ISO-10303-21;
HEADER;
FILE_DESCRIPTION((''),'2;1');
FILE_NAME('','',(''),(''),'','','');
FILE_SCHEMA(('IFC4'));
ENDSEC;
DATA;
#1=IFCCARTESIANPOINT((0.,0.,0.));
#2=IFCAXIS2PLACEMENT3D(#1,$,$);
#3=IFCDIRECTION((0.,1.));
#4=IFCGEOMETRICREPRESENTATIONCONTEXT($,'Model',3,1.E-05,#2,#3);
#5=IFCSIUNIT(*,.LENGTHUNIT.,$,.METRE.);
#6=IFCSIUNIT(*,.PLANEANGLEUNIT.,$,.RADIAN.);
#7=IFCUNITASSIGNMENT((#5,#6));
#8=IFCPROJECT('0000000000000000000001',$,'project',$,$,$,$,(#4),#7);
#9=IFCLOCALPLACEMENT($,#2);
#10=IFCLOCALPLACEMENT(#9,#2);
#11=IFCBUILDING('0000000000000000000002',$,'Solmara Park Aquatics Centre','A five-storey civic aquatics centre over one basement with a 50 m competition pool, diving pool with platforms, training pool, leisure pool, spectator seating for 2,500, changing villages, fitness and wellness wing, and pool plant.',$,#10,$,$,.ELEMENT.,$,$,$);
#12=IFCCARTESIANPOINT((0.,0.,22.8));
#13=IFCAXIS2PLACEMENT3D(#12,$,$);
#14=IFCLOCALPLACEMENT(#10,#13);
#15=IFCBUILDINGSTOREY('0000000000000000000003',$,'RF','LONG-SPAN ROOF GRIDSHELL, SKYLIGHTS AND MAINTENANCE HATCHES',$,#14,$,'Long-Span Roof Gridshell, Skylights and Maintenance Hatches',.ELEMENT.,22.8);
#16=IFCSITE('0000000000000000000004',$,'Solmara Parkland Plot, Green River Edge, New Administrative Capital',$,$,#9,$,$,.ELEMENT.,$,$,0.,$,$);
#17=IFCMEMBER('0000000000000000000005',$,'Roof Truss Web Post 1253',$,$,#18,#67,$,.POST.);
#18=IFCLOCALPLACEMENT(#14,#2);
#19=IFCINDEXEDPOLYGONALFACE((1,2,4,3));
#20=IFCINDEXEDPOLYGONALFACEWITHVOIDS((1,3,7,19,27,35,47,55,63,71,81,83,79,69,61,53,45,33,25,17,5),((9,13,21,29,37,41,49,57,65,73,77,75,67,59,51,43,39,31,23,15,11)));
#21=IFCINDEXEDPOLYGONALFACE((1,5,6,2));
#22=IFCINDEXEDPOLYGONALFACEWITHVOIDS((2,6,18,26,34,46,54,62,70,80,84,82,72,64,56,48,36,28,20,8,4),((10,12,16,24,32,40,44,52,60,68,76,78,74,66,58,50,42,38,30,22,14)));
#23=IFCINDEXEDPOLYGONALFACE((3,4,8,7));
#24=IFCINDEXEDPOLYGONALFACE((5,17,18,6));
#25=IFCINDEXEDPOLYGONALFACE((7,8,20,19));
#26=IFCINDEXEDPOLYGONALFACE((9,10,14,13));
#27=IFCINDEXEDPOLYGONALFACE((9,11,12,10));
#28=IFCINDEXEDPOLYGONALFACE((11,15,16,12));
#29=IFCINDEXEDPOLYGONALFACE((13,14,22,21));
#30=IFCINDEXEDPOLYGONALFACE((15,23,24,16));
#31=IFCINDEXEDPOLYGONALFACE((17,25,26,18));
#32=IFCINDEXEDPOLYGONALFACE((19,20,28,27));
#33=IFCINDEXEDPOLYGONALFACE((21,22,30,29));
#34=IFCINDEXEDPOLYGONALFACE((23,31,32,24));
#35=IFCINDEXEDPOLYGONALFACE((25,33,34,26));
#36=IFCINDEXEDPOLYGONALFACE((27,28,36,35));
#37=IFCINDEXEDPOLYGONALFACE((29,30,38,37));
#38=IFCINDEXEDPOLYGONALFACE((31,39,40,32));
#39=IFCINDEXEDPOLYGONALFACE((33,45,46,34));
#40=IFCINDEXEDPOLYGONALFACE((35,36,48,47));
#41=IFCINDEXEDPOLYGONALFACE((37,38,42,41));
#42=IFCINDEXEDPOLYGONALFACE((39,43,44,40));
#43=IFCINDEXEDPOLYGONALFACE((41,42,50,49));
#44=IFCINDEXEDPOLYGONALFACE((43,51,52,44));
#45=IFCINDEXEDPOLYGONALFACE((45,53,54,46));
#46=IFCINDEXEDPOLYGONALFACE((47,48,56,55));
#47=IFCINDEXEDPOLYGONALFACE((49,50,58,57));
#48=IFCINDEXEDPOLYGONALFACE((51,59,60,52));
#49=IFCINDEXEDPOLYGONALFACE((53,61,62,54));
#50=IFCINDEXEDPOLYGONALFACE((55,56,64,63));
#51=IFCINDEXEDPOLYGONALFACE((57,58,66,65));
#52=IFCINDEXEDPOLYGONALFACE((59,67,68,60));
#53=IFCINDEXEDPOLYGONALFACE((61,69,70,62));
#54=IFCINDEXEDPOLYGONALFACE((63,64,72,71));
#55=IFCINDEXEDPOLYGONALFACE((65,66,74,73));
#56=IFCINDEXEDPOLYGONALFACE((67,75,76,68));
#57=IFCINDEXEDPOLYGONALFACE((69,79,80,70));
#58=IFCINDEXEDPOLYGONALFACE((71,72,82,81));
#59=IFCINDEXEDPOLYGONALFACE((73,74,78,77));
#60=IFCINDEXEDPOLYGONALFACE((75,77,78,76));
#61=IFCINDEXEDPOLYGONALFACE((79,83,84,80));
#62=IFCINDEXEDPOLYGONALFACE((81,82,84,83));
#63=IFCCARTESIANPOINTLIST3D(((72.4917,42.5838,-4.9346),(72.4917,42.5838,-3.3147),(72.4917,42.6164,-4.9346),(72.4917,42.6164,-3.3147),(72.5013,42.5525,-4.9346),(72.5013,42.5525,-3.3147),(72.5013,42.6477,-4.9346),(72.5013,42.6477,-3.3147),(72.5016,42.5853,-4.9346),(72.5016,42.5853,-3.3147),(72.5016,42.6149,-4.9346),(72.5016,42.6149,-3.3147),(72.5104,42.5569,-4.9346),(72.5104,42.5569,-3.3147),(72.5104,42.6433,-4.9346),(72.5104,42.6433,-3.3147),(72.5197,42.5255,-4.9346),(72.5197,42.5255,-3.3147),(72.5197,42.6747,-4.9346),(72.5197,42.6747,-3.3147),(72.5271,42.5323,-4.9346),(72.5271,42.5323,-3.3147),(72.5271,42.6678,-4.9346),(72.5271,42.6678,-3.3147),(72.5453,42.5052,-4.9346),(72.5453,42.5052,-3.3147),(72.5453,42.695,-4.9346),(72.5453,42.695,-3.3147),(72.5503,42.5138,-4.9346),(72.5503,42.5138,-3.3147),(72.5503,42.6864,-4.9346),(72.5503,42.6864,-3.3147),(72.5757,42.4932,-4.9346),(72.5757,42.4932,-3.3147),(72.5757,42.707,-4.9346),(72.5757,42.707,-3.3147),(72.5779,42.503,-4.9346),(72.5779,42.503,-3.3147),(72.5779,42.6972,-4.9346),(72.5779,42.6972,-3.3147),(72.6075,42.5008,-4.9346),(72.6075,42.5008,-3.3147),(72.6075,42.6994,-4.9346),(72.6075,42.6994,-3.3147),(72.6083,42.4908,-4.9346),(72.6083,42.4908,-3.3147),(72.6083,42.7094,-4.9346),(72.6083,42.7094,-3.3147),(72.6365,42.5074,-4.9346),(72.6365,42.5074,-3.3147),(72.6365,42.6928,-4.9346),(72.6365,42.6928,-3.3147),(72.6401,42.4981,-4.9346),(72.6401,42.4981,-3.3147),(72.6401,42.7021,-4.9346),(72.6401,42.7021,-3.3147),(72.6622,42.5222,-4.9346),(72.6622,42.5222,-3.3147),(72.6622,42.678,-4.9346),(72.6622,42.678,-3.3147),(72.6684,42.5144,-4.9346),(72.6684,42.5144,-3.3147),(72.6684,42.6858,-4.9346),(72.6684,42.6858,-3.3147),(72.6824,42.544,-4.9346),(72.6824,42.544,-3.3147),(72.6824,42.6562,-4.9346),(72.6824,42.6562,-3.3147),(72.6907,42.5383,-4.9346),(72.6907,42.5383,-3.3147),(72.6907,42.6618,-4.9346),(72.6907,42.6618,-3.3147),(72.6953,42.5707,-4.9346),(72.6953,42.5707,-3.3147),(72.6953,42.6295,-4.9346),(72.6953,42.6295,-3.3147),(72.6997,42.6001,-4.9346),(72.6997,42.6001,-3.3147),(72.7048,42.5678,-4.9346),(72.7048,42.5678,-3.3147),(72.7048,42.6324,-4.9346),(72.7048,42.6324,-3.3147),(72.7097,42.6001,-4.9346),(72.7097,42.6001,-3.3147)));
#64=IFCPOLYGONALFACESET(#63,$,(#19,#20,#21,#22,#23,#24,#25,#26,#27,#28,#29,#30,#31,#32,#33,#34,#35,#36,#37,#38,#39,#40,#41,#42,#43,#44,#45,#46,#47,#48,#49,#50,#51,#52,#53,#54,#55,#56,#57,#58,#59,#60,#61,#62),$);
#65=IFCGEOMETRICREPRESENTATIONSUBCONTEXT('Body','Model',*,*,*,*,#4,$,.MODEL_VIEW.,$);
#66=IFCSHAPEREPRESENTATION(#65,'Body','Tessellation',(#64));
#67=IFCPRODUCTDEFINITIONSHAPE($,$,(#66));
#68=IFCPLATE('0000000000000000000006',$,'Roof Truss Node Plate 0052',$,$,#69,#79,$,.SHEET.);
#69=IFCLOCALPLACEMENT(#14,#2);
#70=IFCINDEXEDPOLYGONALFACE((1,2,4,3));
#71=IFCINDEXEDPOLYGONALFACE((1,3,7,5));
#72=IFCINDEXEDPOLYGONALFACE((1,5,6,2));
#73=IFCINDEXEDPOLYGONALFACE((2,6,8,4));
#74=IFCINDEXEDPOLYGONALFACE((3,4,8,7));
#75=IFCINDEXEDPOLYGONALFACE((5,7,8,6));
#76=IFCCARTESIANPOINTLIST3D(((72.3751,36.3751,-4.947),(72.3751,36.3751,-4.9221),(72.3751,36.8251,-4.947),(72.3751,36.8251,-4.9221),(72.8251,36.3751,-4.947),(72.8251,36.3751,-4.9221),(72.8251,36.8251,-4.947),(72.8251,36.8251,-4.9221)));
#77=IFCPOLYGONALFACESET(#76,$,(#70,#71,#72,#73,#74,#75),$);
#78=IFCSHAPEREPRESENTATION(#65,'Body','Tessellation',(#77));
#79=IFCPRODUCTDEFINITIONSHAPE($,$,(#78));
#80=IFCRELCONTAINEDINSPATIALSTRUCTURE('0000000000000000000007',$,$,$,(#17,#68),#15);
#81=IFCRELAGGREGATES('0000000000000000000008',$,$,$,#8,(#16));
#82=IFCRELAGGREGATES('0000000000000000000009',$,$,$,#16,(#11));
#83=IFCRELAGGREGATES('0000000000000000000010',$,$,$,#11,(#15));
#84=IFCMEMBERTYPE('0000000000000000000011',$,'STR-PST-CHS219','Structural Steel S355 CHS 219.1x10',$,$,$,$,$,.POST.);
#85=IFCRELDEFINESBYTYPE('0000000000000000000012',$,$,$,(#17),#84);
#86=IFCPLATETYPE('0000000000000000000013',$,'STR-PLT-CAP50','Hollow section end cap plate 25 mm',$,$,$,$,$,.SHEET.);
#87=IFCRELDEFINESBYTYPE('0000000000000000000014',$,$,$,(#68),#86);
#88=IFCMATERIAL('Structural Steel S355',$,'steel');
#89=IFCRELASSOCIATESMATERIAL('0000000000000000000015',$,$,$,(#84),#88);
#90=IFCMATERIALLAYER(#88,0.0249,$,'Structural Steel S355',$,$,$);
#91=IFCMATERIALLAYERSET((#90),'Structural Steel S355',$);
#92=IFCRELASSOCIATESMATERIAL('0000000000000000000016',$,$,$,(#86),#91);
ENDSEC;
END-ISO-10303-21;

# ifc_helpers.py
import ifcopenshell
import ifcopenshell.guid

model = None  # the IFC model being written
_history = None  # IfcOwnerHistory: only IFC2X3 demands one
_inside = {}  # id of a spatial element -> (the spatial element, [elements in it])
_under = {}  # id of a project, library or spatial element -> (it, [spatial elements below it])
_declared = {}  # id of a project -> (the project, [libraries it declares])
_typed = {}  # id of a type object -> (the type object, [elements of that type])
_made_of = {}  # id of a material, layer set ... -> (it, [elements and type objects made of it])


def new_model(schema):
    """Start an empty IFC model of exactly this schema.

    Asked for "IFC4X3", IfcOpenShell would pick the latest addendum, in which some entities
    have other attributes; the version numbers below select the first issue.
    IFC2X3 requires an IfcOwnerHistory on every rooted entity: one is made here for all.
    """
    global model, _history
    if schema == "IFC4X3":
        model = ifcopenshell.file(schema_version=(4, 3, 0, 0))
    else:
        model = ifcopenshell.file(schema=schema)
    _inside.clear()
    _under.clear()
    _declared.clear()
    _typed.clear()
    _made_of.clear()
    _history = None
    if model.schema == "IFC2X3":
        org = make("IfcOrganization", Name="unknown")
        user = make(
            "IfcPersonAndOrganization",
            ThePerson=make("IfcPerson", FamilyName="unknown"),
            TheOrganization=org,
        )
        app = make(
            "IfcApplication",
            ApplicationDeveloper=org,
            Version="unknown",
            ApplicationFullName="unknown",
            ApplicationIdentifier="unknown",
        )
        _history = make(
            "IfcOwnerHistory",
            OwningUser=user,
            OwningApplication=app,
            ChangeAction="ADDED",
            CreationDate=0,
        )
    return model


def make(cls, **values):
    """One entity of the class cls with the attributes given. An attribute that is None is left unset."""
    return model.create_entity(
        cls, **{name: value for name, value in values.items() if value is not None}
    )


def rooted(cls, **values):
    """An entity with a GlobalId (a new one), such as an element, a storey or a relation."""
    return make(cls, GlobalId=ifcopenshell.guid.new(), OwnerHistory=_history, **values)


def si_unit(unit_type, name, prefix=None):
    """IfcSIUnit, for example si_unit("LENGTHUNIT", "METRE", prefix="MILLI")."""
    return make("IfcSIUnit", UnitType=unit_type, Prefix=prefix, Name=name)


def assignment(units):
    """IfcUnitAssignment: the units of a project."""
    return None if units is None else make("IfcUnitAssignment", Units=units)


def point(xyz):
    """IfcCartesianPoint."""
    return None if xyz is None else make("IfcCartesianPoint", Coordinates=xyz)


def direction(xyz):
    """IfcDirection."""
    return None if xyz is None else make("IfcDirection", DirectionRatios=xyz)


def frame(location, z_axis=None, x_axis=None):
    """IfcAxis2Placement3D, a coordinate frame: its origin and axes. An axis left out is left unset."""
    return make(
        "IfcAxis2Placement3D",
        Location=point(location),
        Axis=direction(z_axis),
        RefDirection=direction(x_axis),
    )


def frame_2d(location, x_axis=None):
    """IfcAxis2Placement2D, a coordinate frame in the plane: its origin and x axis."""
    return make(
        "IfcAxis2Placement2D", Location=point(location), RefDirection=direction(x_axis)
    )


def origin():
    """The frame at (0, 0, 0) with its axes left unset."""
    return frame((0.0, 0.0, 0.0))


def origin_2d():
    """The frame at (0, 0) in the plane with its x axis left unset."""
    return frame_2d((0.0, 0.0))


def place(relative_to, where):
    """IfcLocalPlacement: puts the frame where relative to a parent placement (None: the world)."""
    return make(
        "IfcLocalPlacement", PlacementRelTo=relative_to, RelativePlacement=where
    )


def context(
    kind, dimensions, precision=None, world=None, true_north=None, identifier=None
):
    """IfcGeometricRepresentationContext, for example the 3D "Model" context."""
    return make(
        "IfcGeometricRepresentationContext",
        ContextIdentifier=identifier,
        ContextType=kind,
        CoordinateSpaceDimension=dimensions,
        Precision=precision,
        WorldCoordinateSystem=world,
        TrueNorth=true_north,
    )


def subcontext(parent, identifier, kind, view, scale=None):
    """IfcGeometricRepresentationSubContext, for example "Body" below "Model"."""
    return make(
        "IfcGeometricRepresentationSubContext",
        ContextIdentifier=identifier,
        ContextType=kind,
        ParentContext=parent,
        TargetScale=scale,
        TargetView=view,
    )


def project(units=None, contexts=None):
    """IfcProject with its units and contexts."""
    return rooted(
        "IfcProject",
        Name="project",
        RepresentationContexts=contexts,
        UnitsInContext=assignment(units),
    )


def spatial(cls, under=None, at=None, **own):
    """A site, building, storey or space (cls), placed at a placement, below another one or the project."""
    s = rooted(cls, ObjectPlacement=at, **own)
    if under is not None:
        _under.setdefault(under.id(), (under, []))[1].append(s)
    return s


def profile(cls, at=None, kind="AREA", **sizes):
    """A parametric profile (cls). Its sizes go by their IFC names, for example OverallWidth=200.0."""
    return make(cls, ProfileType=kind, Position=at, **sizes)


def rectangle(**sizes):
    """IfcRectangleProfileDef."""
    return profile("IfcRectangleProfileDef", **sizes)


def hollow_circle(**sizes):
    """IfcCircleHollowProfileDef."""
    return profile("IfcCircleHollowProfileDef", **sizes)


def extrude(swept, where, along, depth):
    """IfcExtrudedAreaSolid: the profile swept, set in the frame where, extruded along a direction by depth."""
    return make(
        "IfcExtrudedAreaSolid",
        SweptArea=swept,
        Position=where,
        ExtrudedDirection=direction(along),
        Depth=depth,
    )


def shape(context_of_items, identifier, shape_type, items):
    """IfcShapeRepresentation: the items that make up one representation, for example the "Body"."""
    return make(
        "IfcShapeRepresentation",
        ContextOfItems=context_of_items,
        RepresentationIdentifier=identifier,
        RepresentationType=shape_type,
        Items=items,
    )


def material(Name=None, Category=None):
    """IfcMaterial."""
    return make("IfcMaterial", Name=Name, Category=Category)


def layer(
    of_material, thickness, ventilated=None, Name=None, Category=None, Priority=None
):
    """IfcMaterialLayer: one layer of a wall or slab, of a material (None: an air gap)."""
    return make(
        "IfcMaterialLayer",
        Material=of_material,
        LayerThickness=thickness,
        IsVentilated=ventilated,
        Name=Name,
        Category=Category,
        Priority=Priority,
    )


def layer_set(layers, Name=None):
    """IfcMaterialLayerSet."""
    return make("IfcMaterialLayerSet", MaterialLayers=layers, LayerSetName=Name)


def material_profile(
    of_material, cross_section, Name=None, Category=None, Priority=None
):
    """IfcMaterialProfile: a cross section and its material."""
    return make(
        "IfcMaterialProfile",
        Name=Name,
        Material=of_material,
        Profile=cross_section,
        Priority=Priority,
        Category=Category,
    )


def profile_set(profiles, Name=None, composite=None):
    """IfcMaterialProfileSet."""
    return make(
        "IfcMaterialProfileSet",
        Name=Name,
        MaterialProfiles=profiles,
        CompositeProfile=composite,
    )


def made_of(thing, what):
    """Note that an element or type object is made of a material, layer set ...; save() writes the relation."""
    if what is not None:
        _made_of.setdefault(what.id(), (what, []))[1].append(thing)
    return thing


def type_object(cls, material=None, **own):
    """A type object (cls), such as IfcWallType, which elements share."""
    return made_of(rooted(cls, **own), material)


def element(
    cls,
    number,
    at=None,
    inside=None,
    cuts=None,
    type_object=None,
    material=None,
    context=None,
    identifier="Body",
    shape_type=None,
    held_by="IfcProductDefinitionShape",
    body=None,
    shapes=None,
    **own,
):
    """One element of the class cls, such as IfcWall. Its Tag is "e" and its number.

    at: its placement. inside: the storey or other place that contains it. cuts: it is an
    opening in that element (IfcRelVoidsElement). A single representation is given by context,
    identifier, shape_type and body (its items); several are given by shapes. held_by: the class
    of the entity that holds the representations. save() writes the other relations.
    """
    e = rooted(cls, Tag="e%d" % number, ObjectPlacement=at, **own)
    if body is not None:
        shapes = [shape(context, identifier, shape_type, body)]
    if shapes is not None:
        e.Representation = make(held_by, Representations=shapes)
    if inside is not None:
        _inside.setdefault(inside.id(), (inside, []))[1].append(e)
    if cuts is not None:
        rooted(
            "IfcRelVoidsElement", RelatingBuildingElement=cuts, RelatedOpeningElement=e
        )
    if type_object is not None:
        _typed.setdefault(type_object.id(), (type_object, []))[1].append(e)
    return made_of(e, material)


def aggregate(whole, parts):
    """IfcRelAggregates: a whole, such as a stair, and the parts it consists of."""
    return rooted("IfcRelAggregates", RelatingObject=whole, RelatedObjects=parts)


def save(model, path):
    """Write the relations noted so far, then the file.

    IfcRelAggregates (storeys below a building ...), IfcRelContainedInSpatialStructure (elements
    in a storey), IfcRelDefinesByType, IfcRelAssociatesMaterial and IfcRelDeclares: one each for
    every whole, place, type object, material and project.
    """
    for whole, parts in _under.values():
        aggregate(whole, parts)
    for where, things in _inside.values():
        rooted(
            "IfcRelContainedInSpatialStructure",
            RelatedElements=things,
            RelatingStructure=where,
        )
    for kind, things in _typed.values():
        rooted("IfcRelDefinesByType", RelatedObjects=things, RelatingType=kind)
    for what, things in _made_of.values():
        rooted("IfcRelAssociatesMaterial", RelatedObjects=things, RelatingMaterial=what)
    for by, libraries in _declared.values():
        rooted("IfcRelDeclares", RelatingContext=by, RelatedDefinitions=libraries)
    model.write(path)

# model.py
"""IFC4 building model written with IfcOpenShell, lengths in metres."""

from ifc_helpers import new_model, si_unit, direction, frame, origin, origin_2d, place, context, subcontext, project, spatial, rectangle, hollow_circle, extrude, material, layer, layer_set, material_profile, profile_set, type_object, element, save


model = new_model("IFC4")

# Units and contexts
model_context = context("Model", 3, precision=1e-05, world=origin(), true_north=direction((0.0, 1.0)))
body_context = subcontext(model_context, "Body", "Model", "MODEL_VIEW")
ifc_project = project(units=[si_unit("LENGTHUNIT", "METRE"), si_unit("PLANEANGLEUNIT", "RADIAN")], contexts=[model_context])

# Site, building, storey
site_placement = place(None, origin())
site = spatial("IfcSite", under=ifc_project, at=site_placement, Name="Solmara Parkland Plot, Green River Edge, New Administrative Capital", CompositionType="ELEMENT", RefElevation=0.0)
building_placement = place(site_placement, origin())
building = spatial("IfcBuilding", under=site, at=building_placement, Name="Solmara Park Aquatics Centre", Description="A five-storey civic aquatics centre over one basement with a 50 m competition pool, diving pool with platforms, training pool, leisure pool, spectator seating for 2,500, changing villages, fitness and wellness wing, and pool plant.", CompositionType="ELEMENT")
storey_placement = place(building_placement, frame((0.0, 0.0, 22.8)))
storey = spatial("IfcBuildingStorey", under=building, at=storey_placement, Name="RF", Description="LONG-SPAN ROOF GRIDSHELL, SKYLIGHTS AND MAINTENANCE HATCHES", LongName="Long-Span Roof Gridshell, Skylights and Maintenance Hatches", CompositionType="ELEMENT", Elevation=22.8)

# Member
ifc_material_1 = material(Name="Structural Steel S355", Category="steel")
ifc_material_profile_1 = material_profile(ifc_material_1, hollow_circle(Radius=0.1096, WallThickness=0.01, at=origin_2d()), Name="CHS 219.1x10")
ifc_profile_set_1 = profile_set([ifc_material_profile_1], Name="Structural Steel S355")
member_type_1 = type_object("IfcMemberType", Name="STR-PST-CHS219", Description="Structural Steel S355 CHS 219.1x10", PredefinedType="POST", material=ifc_profile_set_1)
for number, where, z_axis, x_axis, name in (
    (1, (72.6001, 42.6001, -4.9346), (0.0, 0.0, 1.0), (1.0, 0.0, 0.0), "Roof Truss Web Post 1253"),
):
    element("IfcMember", number, at=place(storey_placement, frame(where, z_axis=z_axis, x_axis=x_axis)), inside=storey, type_object=member_type_1, Name=name, PredefinedType="POST", context=body_context, shape_type="SweptSolid", body=[
        extrude(hollow_circle(Radius=0.1096, WallThickness=0.01, at=origin_2d()), origin(), (0.0, 0.0, 1.0), 1.6199),
    ])

# Plate
ifc_layer = layer(ifc_material_1, 0.0249, Name="Structural Steel S355")
ifc_layer_set = layer_set([ifc_layer], Name="Structural Steel S355")
plate_type = type_object("IfcPlateType", Name="STR-PLT-CAP50", Description="Hollow section end cap plate 25 mm", PredefinedType="SHEET", material=ifc_layer_set)
plate_placement = place(storey_placement, frame((72.6001, 36.6001, -4.947), z_axis=(0.0, 0.0, 1.0), x_axis=(1.0, 0.0, 0.0)))
element("IfcPlate", 2, at=plate_placement, inside=storey, type_object=plate_type, Name="Roof Truss Node Plate 0052", PredefinedType="SHEET", context=body_context, shape_type="SweptSolid", body=[
    extrude(rectangle(XDim=0.45, YDim=0.45, at=origin_2d()), origin(), (0.0, 0.0, 1.0), 0.0249),
])

save(model, "model.ifc")
